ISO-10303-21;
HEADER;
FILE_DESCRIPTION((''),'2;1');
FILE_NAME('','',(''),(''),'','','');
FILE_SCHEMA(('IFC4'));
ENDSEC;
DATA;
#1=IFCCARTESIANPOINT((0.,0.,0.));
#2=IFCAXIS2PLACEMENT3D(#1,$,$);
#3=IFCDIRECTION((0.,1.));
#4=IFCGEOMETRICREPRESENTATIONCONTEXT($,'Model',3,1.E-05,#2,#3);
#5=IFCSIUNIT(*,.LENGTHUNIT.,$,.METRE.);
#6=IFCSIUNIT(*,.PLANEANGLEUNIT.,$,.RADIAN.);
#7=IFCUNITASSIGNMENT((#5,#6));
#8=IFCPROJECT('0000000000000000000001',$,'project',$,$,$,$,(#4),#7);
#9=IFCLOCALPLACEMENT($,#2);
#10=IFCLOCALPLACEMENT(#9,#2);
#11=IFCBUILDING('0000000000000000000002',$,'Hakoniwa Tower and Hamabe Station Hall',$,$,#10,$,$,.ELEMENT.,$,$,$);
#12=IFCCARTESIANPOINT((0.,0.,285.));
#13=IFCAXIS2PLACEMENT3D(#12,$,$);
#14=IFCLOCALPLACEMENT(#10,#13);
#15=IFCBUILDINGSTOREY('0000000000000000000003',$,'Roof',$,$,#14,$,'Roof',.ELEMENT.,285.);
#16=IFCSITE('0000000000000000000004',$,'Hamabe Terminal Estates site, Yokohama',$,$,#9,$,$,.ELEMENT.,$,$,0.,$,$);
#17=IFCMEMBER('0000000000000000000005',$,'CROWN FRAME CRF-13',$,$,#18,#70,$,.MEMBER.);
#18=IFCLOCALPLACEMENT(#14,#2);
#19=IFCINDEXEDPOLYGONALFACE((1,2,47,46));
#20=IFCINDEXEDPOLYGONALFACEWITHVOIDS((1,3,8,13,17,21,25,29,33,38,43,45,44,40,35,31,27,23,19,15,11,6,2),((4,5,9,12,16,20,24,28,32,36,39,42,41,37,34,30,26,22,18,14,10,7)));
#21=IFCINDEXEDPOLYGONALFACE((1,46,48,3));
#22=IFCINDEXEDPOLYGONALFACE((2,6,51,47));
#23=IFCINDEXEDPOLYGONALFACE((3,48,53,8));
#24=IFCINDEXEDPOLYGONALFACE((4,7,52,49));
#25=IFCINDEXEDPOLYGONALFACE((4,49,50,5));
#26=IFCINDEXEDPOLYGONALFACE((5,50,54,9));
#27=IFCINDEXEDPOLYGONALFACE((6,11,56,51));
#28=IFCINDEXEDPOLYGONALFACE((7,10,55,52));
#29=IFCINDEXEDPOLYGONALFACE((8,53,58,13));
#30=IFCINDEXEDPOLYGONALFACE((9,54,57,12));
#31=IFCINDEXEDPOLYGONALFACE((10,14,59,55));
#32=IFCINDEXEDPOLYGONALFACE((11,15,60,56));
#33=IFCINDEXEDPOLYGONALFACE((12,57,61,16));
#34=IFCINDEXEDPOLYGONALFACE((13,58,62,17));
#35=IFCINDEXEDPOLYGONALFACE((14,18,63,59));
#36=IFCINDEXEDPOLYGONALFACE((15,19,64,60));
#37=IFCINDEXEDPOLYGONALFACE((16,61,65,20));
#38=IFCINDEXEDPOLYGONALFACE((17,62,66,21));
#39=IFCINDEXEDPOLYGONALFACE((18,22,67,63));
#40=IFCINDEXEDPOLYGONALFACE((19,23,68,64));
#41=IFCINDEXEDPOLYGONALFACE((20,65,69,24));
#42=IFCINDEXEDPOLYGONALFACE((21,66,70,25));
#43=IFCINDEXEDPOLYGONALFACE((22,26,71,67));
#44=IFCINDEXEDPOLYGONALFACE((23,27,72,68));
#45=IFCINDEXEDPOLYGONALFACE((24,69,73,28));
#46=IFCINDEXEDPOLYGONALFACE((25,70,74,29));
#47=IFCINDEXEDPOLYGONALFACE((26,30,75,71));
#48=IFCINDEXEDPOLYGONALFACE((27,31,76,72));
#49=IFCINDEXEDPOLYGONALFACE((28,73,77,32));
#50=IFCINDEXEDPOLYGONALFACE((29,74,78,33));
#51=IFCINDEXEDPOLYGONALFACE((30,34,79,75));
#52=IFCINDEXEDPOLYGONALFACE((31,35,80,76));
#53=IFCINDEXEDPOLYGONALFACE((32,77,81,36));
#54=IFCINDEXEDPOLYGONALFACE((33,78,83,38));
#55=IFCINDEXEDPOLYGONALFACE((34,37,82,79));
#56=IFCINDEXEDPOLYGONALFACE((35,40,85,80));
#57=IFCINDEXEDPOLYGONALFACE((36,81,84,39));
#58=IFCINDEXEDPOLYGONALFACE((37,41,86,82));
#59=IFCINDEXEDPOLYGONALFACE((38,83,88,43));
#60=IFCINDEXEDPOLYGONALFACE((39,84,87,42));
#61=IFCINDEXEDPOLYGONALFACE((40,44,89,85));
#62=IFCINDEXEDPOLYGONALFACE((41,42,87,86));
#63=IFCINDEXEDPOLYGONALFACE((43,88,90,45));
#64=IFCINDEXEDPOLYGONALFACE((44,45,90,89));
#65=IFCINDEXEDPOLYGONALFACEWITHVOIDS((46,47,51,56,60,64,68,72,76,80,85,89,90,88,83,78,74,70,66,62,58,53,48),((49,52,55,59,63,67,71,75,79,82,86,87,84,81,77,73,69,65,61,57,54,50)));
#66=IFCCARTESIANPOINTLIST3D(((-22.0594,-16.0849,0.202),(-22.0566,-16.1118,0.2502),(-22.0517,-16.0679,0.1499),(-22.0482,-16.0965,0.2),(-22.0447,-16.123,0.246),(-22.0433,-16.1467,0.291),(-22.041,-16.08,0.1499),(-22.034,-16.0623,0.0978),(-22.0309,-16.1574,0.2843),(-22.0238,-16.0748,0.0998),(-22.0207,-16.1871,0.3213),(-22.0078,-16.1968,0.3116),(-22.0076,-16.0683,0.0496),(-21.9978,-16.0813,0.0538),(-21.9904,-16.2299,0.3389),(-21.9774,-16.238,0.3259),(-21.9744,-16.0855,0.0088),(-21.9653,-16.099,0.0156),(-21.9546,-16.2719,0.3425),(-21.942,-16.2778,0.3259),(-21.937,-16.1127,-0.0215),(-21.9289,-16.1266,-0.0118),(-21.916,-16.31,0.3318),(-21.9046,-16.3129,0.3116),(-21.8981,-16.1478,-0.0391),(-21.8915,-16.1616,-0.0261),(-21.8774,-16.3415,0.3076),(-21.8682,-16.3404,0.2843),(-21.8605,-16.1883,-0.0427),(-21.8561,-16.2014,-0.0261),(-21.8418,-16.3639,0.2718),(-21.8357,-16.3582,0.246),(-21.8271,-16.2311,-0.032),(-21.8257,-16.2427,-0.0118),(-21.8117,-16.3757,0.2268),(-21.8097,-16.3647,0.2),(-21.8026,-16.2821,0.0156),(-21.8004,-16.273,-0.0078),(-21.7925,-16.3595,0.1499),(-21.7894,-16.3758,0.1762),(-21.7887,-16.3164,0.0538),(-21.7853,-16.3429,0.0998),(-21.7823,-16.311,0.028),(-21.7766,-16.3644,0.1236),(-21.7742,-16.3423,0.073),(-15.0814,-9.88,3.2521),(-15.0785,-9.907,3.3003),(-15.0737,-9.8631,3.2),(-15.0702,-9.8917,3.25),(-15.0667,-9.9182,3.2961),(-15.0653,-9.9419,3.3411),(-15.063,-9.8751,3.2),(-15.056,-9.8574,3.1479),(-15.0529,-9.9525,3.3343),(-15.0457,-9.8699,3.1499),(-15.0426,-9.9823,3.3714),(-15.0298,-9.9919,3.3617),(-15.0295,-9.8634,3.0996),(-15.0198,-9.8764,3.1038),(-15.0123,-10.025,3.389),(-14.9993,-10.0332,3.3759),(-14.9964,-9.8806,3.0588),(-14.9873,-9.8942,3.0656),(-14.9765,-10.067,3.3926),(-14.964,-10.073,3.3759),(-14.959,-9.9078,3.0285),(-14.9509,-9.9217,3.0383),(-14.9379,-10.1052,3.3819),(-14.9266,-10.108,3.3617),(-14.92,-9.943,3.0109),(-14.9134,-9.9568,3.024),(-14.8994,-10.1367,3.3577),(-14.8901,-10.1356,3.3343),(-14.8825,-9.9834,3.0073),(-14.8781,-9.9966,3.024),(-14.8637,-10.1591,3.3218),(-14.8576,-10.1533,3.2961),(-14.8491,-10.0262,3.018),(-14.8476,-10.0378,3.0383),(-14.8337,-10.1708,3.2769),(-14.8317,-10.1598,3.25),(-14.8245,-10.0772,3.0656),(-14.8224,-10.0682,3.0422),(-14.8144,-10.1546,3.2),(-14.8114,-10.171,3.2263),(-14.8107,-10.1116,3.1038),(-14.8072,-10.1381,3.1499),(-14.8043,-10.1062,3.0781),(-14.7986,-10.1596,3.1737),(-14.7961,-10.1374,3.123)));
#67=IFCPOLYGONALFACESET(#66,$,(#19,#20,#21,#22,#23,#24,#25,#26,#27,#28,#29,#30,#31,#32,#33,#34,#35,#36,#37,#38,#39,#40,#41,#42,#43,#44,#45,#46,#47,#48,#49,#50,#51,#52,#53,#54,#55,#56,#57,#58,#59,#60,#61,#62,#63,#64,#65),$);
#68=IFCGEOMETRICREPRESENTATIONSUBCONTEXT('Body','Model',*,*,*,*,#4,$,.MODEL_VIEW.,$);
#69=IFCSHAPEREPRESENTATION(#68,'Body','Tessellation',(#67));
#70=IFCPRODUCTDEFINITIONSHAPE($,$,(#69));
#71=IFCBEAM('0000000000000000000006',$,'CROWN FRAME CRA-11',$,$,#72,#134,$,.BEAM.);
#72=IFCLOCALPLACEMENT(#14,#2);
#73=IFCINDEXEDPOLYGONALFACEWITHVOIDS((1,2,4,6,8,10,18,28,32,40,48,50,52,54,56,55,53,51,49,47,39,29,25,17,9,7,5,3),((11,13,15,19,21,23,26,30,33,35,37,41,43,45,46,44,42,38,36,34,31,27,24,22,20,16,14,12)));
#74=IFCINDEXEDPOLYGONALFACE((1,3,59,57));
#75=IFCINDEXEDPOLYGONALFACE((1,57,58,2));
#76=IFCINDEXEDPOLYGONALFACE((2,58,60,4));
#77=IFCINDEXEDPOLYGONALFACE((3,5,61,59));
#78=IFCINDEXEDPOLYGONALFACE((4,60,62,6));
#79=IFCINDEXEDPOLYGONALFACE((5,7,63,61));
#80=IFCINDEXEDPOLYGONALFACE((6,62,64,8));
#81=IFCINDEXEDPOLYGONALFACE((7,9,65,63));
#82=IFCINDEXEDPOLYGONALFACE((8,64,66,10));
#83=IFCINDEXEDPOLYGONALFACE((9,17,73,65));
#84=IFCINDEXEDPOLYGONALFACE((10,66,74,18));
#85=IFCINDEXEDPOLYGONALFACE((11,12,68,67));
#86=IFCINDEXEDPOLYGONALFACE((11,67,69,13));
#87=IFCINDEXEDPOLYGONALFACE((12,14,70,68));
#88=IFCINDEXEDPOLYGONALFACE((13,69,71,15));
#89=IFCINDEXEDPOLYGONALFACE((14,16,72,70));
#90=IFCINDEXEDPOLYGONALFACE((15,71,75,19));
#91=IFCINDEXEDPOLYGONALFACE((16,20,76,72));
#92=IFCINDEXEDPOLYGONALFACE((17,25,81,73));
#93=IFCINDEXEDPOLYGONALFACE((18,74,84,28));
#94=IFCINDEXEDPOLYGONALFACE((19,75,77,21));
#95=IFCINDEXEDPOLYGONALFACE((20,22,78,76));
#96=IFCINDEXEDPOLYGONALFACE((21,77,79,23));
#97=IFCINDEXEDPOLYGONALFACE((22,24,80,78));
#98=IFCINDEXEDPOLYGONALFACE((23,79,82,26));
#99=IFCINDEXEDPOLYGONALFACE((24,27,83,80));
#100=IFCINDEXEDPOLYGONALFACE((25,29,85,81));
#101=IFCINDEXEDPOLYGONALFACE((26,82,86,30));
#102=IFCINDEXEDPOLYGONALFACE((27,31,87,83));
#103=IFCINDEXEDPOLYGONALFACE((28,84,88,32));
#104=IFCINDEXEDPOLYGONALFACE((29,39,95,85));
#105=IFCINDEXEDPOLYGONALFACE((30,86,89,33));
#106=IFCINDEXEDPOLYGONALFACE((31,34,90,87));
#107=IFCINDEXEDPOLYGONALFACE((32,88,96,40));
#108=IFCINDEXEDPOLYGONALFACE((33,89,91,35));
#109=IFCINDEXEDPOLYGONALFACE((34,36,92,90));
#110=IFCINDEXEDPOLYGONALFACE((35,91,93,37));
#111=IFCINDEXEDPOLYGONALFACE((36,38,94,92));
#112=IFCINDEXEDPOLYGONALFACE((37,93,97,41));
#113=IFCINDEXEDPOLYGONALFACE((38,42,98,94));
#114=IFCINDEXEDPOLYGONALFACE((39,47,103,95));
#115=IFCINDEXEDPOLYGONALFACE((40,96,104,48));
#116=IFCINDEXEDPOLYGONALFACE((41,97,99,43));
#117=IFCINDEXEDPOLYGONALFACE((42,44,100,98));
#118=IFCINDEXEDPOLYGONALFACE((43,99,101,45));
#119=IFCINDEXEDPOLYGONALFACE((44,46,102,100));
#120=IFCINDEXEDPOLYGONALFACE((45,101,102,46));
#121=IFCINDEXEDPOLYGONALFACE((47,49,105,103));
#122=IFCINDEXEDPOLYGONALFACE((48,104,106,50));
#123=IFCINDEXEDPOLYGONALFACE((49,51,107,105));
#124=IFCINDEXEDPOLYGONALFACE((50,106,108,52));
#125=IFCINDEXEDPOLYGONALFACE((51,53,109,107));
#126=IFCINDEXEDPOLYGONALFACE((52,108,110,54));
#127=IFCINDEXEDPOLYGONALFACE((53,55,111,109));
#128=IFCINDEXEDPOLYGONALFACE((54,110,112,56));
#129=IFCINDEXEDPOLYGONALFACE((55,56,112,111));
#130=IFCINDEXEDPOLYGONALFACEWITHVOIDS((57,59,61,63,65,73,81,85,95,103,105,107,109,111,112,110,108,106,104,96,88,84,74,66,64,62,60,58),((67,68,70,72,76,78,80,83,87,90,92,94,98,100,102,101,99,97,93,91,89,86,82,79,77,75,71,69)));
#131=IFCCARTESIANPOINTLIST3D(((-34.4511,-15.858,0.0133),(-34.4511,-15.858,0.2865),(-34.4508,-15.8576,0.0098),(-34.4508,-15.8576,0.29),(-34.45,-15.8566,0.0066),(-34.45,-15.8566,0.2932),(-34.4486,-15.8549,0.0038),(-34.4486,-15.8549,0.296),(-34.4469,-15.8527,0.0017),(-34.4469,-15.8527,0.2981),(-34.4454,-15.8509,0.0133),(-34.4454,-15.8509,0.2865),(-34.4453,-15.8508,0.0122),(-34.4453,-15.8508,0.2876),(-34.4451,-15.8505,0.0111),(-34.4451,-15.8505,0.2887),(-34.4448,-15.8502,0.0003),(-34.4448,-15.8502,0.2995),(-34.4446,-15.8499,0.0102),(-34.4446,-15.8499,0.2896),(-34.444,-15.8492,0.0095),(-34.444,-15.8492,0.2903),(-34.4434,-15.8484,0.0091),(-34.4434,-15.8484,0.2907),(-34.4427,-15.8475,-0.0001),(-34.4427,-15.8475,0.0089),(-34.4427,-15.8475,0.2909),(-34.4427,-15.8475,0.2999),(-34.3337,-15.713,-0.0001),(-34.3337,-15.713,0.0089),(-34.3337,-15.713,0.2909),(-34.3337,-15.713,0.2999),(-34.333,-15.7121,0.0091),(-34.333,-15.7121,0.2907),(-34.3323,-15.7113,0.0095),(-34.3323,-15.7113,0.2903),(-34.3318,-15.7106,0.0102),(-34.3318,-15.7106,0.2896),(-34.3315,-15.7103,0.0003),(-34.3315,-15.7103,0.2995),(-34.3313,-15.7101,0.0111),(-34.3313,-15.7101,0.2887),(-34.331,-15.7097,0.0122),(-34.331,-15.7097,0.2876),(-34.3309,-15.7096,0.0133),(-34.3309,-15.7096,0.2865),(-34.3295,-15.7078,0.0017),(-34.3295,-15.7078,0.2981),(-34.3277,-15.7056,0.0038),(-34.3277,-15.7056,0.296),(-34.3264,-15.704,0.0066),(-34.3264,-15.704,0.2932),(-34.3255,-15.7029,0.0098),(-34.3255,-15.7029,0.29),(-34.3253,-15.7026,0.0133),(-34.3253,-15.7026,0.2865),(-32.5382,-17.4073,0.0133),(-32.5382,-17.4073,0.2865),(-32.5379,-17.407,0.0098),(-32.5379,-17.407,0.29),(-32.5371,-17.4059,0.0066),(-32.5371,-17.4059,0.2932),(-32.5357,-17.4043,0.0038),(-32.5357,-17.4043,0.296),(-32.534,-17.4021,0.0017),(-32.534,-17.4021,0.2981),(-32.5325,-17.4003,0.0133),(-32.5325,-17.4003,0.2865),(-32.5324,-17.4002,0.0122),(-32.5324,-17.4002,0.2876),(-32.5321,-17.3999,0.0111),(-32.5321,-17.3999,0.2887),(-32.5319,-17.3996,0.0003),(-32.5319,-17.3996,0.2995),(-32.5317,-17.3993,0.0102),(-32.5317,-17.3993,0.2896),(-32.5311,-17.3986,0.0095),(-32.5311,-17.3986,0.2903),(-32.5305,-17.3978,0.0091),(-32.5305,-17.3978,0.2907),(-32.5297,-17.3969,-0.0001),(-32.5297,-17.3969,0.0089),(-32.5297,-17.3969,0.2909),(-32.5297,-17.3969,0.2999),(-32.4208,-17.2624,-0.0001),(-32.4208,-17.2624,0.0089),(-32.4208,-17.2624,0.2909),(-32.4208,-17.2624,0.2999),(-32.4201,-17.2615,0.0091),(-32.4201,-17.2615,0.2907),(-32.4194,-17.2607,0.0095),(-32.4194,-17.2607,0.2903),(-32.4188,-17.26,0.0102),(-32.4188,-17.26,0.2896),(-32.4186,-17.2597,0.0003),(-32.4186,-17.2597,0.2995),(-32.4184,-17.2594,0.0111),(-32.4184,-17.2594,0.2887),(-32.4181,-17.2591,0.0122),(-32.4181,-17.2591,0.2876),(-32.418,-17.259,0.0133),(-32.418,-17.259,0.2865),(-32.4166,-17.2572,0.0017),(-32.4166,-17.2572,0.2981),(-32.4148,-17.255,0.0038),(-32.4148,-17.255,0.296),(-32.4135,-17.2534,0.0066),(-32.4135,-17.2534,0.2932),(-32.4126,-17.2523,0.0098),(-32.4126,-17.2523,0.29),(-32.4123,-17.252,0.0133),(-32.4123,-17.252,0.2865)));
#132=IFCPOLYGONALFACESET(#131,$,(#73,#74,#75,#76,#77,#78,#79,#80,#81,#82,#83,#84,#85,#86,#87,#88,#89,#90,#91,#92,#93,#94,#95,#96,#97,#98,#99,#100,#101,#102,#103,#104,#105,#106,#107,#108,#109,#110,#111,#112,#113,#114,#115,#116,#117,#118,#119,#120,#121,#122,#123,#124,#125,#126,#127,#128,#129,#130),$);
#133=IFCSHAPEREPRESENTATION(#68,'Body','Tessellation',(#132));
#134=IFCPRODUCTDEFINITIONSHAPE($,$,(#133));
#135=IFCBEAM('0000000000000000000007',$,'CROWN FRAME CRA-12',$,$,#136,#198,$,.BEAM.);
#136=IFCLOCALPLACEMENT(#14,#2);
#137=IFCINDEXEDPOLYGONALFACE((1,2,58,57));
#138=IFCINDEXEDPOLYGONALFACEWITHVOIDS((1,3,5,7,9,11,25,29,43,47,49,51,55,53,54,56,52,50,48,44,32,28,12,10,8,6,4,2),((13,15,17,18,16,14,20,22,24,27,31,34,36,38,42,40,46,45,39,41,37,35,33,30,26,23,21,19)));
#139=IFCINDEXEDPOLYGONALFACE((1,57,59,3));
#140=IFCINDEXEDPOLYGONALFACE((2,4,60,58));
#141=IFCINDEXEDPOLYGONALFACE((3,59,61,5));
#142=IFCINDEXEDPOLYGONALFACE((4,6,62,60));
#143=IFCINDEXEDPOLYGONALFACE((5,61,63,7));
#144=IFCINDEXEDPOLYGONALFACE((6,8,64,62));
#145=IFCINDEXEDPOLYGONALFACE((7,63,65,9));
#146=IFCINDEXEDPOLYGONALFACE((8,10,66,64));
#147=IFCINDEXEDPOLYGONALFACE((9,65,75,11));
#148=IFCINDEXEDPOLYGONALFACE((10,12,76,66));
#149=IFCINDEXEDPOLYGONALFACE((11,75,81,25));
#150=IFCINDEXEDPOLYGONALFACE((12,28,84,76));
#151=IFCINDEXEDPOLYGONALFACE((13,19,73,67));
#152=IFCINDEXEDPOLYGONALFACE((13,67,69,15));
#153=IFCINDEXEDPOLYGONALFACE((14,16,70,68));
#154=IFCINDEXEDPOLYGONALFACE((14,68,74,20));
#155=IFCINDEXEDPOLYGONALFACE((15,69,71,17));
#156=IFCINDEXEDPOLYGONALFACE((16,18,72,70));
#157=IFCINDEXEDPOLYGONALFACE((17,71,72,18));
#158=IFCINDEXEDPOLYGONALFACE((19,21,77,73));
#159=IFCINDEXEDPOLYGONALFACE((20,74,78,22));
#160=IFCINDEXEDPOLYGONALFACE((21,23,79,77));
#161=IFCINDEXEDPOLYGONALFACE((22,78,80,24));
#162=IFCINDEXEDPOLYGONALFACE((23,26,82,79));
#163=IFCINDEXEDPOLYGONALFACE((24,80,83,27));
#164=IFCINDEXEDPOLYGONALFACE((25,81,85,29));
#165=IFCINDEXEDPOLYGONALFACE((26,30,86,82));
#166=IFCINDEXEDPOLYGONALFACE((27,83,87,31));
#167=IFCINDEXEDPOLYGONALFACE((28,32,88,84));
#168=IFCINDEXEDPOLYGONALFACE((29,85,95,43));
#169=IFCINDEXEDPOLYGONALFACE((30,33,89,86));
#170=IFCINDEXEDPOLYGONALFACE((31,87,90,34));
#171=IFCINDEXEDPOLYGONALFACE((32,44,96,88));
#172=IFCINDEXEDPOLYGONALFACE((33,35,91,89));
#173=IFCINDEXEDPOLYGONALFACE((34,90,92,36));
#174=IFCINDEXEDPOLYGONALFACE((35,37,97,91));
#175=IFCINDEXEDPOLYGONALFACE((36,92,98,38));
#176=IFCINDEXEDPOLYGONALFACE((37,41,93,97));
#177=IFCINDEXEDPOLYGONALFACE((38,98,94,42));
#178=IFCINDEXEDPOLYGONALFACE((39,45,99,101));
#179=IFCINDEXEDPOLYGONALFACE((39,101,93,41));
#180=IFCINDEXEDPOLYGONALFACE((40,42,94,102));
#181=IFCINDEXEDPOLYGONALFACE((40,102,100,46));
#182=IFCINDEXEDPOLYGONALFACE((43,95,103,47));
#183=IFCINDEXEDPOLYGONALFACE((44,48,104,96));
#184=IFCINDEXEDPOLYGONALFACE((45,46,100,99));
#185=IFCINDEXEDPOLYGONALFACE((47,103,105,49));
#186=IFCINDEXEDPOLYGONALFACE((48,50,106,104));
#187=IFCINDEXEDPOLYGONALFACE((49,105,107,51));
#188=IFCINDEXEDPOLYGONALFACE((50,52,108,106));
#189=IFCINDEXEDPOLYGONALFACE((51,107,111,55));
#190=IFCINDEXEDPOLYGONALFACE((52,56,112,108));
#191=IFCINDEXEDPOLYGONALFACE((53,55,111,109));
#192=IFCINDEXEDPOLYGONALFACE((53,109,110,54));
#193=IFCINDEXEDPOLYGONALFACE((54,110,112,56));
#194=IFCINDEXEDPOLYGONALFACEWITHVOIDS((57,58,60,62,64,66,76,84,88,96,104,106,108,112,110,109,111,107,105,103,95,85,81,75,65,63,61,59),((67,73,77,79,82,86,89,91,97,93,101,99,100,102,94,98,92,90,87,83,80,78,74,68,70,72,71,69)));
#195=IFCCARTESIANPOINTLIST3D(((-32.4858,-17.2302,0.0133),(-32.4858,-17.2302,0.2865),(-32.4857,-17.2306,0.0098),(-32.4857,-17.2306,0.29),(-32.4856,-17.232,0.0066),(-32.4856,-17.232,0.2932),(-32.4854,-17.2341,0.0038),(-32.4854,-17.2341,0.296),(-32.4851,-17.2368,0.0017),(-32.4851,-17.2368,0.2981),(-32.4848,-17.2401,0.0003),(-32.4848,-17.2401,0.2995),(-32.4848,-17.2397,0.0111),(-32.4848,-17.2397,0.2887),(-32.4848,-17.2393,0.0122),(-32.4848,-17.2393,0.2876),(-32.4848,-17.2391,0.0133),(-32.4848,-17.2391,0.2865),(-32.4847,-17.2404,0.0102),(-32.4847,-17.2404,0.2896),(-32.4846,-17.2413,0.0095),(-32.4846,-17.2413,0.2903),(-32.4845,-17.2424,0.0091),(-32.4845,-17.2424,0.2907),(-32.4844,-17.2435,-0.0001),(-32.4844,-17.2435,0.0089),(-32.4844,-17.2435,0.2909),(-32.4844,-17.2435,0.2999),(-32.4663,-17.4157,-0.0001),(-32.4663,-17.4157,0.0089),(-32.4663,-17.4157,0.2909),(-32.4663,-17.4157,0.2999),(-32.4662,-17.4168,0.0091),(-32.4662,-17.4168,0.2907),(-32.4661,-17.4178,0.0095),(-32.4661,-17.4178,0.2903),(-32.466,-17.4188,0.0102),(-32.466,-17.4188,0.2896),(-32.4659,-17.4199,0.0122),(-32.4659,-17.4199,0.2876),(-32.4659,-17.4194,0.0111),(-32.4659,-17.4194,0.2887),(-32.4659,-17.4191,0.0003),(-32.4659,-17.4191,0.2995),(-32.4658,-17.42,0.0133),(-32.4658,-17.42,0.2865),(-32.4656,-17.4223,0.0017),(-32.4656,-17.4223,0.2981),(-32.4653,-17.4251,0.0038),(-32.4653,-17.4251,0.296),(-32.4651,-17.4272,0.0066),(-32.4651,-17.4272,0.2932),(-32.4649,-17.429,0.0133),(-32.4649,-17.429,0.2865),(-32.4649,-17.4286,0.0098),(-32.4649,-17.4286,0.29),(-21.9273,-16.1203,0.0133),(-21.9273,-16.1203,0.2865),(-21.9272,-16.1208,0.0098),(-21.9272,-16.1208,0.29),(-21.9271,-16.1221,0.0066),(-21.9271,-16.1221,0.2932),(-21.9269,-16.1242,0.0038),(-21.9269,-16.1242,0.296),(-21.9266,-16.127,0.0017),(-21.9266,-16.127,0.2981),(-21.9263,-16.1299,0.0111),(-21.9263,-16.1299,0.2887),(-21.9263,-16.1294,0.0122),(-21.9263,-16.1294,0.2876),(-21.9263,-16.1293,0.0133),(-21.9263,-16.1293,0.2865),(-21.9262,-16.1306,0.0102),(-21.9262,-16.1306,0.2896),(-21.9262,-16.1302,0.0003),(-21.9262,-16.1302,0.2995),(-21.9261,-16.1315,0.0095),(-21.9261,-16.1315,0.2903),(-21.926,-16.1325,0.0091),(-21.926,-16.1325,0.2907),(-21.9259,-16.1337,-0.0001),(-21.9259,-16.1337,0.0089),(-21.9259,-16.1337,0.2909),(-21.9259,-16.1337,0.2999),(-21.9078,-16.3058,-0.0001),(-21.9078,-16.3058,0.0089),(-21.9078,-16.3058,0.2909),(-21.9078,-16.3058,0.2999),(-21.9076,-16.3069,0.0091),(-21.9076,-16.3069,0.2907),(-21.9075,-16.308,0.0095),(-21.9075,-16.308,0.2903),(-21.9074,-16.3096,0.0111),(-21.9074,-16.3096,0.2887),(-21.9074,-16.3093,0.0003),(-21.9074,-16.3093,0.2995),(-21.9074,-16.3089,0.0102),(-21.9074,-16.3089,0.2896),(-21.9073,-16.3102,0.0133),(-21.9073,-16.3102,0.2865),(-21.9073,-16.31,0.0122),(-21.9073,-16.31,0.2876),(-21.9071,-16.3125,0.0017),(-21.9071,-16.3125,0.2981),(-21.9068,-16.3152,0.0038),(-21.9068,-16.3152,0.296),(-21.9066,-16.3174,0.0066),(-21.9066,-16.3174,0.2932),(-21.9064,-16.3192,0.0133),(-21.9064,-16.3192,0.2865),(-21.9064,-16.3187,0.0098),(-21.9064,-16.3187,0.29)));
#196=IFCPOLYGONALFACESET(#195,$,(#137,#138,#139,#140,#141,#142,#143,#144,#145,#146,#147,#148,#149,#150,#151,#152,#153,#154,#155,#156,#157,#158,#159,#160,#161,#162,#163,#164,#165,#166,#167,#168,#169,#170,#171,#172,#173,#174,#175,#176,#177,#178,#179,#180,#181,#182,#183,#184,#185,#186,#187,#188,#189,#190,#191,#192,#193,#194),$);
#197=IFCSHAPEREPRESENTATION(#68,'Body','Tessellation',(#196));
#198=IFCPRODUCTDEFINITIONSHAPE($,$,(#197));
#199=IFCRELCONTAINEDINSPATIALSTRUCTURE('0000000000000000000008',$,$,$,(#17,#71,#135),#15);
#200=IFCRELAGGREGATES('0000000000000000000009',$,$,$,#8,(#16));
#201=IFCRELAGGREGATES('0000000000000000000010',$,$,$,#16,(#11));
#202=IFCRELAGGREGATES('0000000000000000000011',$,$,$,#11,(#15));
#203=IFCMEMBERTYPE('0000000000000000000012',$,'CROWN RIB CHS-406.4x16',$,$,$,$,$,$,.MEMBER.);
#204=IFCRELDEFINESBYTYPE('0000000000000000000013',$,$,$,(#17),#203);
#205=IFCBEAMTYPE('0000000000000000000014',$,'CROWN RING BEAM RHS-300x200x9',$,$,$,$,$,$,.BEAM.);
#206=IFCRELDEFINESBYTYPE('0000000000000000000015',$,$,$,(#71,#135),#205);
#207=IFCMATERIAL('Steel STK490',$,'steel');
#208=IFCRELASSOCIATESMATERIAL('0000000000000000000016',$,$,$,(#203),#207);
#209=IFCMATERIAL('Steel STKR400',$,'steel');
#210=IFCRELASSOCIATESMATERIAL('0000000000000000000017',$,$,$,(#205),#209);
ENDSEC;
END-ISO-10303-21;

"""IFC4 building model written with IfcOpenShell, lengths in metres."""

from ifc_helpers import new_model, si_unit, direction, frame, origin, origin_2d, place, context, subcontext, project, spatial, hollow_rectangle, hollow_circle, extrude, material, material_profile, profile_set, type_object, element, save


model = new_model("IFC4")

# Units and contexts
model_context = context("Model", 3, precision=1e-05, world=origin(), true_north=direction((0.0, 1.0)))
body_context = subcontext(model_context, "Body", "Model", "MODEL_VIEW")
ifc_project = project(units=[si_unit("LENGTHUNIT", "METRE"), si_unit("PLANEANGLEUNIT", "RADIAN")], contexts=[model_context])

# Site, building, storey
site_placement = place(None, origin())
site = spatial("IfcSite", under=ifc_project, at=site_placement, Name="Hamabe Terminal Estates site, Yokohama", CompositionType="ELEMENT", RefElevation=0.0)
building_placement = place(site_placement, origin())
building = spatial("IfcBuilding", under=site, at=building_placement, Name="Hakoniwa Tower and Hamabe Station Hall", CompositionType="ELEMENT")
storey_placement = place(building_placement, frame((0.0, 0.0, 285.0)))
storey = spatial("IfcBuildingStorey", under=building, at=storey_placement, Name="Roof", LongName="Roof", CompositionType="ELEMENT", Elevation=285.0)

# Member
ifc_material_1 = material(Name="Steel STK490", Category="steel")
ifc_material_profile_1 = material_profile(ifc_material_1, hollow_circle(Radius=0.2031, WallThickness=0.0161, at=origin_2d()), Name="CHS-406.4x16")
ifc_profile_set_1 = profile_set([ifc_material_profile_1], Name="Steel STK490")
member_type_1 = type_object("IfcMemberType", Name="CROWN RIB CHS-406.4x16", PredefinedType="MEMBER", material=ifc_profile_set_1)
member_1_placement = place(storey_placement, frame((-21.9167, -16.2197, 0.1499), z_axis=(0.710361, 0.63165, 0.310494), x_axis=(-0.664492, 0.747295, 0.0)))
element("IfcMember", 1, at=member_1_placement, inside=storey, type_object=member_type_1, Name="CROWN FRAME CRF-13", PredefinedType="MEMBER", context=body_context, shape_type="SweptSolid", body=[
    extrude(hollow_circle(Radius=0.2031, WallThickness=0.0161, at=origin_2d()), origin(), (0.0, 0.0, 1.0), 9.8232),
])

# Beams
ifc_material_2 = material(Name="Steel STKR400", Category="steel")
ifc_material_profile_2 = material_profile(ifc_material_2, hollow_rectangle(XDim=0.2, YDim=0.3, WallThickness=0.009, InnerFilletRadius=0.0044, OuterFilletRadius=0.0134, at=origin_2d()), Name="RHS-300x200x9")
ifc_profile_set_2 = profile_set([ifc_material_profile_2], Name="Steel STKR400")
beam_type = type_object("IfcBeamType", Name="CROWN RING BEAM RHS-300x200x9", PredefinedType="BEAM", material=ifc_profile_set_2)
beam_1_placement = place(storey_placement, frame((-34.3882, -15.7803, 0.1499), z_axis=(0.777081, -0.629401, 0.0), x_axis=(0.629401, 0.777081, 0.0)))
element("IfcBeam", 2, at=beam_1_placement, inside=storey, type_object=beam_type, Name="CROWN FRAME CRA-11", PredefinedType="BEAM", context=body_context, shape_type="SweptSolid", body=[
    extrude(hollow_rectangle(XDim=0.2, YDim=0.3, WallThickness=0.009, InnerFilletRadius=0.0044, OuterFilletRadius=0.0134, at=origin_2d()), origin(), (0.0, 0.0, 1.0), 2.4617),
])
beam_2_placement = place(storey_placement, frame((-32.4753, -17.3296, 0.1499), z_axis=(0.994521, 0.104539, 0.0), x_axis=(-0.104539, 0.994521, 0.0)))
element("IfcBeam", 3, at=beam_2_placement, inside=storey, type_object=beam_type, Name="CROWN FRAME CRA-12", PredefinedType="BEAM", context=body_context, shape_type="SweptSolid", body=[
    extrude(hollow_rectangle(XDim=0.2, YDim=0.3, WallThickness=0.009, InnerFilletRadius=0.0044, OuterFilletRadius=0.0134, at=origin_2d()), origin(), (0.0, 0.0, 1.0), 10.6167),
])

save(model, "model.ifc")
